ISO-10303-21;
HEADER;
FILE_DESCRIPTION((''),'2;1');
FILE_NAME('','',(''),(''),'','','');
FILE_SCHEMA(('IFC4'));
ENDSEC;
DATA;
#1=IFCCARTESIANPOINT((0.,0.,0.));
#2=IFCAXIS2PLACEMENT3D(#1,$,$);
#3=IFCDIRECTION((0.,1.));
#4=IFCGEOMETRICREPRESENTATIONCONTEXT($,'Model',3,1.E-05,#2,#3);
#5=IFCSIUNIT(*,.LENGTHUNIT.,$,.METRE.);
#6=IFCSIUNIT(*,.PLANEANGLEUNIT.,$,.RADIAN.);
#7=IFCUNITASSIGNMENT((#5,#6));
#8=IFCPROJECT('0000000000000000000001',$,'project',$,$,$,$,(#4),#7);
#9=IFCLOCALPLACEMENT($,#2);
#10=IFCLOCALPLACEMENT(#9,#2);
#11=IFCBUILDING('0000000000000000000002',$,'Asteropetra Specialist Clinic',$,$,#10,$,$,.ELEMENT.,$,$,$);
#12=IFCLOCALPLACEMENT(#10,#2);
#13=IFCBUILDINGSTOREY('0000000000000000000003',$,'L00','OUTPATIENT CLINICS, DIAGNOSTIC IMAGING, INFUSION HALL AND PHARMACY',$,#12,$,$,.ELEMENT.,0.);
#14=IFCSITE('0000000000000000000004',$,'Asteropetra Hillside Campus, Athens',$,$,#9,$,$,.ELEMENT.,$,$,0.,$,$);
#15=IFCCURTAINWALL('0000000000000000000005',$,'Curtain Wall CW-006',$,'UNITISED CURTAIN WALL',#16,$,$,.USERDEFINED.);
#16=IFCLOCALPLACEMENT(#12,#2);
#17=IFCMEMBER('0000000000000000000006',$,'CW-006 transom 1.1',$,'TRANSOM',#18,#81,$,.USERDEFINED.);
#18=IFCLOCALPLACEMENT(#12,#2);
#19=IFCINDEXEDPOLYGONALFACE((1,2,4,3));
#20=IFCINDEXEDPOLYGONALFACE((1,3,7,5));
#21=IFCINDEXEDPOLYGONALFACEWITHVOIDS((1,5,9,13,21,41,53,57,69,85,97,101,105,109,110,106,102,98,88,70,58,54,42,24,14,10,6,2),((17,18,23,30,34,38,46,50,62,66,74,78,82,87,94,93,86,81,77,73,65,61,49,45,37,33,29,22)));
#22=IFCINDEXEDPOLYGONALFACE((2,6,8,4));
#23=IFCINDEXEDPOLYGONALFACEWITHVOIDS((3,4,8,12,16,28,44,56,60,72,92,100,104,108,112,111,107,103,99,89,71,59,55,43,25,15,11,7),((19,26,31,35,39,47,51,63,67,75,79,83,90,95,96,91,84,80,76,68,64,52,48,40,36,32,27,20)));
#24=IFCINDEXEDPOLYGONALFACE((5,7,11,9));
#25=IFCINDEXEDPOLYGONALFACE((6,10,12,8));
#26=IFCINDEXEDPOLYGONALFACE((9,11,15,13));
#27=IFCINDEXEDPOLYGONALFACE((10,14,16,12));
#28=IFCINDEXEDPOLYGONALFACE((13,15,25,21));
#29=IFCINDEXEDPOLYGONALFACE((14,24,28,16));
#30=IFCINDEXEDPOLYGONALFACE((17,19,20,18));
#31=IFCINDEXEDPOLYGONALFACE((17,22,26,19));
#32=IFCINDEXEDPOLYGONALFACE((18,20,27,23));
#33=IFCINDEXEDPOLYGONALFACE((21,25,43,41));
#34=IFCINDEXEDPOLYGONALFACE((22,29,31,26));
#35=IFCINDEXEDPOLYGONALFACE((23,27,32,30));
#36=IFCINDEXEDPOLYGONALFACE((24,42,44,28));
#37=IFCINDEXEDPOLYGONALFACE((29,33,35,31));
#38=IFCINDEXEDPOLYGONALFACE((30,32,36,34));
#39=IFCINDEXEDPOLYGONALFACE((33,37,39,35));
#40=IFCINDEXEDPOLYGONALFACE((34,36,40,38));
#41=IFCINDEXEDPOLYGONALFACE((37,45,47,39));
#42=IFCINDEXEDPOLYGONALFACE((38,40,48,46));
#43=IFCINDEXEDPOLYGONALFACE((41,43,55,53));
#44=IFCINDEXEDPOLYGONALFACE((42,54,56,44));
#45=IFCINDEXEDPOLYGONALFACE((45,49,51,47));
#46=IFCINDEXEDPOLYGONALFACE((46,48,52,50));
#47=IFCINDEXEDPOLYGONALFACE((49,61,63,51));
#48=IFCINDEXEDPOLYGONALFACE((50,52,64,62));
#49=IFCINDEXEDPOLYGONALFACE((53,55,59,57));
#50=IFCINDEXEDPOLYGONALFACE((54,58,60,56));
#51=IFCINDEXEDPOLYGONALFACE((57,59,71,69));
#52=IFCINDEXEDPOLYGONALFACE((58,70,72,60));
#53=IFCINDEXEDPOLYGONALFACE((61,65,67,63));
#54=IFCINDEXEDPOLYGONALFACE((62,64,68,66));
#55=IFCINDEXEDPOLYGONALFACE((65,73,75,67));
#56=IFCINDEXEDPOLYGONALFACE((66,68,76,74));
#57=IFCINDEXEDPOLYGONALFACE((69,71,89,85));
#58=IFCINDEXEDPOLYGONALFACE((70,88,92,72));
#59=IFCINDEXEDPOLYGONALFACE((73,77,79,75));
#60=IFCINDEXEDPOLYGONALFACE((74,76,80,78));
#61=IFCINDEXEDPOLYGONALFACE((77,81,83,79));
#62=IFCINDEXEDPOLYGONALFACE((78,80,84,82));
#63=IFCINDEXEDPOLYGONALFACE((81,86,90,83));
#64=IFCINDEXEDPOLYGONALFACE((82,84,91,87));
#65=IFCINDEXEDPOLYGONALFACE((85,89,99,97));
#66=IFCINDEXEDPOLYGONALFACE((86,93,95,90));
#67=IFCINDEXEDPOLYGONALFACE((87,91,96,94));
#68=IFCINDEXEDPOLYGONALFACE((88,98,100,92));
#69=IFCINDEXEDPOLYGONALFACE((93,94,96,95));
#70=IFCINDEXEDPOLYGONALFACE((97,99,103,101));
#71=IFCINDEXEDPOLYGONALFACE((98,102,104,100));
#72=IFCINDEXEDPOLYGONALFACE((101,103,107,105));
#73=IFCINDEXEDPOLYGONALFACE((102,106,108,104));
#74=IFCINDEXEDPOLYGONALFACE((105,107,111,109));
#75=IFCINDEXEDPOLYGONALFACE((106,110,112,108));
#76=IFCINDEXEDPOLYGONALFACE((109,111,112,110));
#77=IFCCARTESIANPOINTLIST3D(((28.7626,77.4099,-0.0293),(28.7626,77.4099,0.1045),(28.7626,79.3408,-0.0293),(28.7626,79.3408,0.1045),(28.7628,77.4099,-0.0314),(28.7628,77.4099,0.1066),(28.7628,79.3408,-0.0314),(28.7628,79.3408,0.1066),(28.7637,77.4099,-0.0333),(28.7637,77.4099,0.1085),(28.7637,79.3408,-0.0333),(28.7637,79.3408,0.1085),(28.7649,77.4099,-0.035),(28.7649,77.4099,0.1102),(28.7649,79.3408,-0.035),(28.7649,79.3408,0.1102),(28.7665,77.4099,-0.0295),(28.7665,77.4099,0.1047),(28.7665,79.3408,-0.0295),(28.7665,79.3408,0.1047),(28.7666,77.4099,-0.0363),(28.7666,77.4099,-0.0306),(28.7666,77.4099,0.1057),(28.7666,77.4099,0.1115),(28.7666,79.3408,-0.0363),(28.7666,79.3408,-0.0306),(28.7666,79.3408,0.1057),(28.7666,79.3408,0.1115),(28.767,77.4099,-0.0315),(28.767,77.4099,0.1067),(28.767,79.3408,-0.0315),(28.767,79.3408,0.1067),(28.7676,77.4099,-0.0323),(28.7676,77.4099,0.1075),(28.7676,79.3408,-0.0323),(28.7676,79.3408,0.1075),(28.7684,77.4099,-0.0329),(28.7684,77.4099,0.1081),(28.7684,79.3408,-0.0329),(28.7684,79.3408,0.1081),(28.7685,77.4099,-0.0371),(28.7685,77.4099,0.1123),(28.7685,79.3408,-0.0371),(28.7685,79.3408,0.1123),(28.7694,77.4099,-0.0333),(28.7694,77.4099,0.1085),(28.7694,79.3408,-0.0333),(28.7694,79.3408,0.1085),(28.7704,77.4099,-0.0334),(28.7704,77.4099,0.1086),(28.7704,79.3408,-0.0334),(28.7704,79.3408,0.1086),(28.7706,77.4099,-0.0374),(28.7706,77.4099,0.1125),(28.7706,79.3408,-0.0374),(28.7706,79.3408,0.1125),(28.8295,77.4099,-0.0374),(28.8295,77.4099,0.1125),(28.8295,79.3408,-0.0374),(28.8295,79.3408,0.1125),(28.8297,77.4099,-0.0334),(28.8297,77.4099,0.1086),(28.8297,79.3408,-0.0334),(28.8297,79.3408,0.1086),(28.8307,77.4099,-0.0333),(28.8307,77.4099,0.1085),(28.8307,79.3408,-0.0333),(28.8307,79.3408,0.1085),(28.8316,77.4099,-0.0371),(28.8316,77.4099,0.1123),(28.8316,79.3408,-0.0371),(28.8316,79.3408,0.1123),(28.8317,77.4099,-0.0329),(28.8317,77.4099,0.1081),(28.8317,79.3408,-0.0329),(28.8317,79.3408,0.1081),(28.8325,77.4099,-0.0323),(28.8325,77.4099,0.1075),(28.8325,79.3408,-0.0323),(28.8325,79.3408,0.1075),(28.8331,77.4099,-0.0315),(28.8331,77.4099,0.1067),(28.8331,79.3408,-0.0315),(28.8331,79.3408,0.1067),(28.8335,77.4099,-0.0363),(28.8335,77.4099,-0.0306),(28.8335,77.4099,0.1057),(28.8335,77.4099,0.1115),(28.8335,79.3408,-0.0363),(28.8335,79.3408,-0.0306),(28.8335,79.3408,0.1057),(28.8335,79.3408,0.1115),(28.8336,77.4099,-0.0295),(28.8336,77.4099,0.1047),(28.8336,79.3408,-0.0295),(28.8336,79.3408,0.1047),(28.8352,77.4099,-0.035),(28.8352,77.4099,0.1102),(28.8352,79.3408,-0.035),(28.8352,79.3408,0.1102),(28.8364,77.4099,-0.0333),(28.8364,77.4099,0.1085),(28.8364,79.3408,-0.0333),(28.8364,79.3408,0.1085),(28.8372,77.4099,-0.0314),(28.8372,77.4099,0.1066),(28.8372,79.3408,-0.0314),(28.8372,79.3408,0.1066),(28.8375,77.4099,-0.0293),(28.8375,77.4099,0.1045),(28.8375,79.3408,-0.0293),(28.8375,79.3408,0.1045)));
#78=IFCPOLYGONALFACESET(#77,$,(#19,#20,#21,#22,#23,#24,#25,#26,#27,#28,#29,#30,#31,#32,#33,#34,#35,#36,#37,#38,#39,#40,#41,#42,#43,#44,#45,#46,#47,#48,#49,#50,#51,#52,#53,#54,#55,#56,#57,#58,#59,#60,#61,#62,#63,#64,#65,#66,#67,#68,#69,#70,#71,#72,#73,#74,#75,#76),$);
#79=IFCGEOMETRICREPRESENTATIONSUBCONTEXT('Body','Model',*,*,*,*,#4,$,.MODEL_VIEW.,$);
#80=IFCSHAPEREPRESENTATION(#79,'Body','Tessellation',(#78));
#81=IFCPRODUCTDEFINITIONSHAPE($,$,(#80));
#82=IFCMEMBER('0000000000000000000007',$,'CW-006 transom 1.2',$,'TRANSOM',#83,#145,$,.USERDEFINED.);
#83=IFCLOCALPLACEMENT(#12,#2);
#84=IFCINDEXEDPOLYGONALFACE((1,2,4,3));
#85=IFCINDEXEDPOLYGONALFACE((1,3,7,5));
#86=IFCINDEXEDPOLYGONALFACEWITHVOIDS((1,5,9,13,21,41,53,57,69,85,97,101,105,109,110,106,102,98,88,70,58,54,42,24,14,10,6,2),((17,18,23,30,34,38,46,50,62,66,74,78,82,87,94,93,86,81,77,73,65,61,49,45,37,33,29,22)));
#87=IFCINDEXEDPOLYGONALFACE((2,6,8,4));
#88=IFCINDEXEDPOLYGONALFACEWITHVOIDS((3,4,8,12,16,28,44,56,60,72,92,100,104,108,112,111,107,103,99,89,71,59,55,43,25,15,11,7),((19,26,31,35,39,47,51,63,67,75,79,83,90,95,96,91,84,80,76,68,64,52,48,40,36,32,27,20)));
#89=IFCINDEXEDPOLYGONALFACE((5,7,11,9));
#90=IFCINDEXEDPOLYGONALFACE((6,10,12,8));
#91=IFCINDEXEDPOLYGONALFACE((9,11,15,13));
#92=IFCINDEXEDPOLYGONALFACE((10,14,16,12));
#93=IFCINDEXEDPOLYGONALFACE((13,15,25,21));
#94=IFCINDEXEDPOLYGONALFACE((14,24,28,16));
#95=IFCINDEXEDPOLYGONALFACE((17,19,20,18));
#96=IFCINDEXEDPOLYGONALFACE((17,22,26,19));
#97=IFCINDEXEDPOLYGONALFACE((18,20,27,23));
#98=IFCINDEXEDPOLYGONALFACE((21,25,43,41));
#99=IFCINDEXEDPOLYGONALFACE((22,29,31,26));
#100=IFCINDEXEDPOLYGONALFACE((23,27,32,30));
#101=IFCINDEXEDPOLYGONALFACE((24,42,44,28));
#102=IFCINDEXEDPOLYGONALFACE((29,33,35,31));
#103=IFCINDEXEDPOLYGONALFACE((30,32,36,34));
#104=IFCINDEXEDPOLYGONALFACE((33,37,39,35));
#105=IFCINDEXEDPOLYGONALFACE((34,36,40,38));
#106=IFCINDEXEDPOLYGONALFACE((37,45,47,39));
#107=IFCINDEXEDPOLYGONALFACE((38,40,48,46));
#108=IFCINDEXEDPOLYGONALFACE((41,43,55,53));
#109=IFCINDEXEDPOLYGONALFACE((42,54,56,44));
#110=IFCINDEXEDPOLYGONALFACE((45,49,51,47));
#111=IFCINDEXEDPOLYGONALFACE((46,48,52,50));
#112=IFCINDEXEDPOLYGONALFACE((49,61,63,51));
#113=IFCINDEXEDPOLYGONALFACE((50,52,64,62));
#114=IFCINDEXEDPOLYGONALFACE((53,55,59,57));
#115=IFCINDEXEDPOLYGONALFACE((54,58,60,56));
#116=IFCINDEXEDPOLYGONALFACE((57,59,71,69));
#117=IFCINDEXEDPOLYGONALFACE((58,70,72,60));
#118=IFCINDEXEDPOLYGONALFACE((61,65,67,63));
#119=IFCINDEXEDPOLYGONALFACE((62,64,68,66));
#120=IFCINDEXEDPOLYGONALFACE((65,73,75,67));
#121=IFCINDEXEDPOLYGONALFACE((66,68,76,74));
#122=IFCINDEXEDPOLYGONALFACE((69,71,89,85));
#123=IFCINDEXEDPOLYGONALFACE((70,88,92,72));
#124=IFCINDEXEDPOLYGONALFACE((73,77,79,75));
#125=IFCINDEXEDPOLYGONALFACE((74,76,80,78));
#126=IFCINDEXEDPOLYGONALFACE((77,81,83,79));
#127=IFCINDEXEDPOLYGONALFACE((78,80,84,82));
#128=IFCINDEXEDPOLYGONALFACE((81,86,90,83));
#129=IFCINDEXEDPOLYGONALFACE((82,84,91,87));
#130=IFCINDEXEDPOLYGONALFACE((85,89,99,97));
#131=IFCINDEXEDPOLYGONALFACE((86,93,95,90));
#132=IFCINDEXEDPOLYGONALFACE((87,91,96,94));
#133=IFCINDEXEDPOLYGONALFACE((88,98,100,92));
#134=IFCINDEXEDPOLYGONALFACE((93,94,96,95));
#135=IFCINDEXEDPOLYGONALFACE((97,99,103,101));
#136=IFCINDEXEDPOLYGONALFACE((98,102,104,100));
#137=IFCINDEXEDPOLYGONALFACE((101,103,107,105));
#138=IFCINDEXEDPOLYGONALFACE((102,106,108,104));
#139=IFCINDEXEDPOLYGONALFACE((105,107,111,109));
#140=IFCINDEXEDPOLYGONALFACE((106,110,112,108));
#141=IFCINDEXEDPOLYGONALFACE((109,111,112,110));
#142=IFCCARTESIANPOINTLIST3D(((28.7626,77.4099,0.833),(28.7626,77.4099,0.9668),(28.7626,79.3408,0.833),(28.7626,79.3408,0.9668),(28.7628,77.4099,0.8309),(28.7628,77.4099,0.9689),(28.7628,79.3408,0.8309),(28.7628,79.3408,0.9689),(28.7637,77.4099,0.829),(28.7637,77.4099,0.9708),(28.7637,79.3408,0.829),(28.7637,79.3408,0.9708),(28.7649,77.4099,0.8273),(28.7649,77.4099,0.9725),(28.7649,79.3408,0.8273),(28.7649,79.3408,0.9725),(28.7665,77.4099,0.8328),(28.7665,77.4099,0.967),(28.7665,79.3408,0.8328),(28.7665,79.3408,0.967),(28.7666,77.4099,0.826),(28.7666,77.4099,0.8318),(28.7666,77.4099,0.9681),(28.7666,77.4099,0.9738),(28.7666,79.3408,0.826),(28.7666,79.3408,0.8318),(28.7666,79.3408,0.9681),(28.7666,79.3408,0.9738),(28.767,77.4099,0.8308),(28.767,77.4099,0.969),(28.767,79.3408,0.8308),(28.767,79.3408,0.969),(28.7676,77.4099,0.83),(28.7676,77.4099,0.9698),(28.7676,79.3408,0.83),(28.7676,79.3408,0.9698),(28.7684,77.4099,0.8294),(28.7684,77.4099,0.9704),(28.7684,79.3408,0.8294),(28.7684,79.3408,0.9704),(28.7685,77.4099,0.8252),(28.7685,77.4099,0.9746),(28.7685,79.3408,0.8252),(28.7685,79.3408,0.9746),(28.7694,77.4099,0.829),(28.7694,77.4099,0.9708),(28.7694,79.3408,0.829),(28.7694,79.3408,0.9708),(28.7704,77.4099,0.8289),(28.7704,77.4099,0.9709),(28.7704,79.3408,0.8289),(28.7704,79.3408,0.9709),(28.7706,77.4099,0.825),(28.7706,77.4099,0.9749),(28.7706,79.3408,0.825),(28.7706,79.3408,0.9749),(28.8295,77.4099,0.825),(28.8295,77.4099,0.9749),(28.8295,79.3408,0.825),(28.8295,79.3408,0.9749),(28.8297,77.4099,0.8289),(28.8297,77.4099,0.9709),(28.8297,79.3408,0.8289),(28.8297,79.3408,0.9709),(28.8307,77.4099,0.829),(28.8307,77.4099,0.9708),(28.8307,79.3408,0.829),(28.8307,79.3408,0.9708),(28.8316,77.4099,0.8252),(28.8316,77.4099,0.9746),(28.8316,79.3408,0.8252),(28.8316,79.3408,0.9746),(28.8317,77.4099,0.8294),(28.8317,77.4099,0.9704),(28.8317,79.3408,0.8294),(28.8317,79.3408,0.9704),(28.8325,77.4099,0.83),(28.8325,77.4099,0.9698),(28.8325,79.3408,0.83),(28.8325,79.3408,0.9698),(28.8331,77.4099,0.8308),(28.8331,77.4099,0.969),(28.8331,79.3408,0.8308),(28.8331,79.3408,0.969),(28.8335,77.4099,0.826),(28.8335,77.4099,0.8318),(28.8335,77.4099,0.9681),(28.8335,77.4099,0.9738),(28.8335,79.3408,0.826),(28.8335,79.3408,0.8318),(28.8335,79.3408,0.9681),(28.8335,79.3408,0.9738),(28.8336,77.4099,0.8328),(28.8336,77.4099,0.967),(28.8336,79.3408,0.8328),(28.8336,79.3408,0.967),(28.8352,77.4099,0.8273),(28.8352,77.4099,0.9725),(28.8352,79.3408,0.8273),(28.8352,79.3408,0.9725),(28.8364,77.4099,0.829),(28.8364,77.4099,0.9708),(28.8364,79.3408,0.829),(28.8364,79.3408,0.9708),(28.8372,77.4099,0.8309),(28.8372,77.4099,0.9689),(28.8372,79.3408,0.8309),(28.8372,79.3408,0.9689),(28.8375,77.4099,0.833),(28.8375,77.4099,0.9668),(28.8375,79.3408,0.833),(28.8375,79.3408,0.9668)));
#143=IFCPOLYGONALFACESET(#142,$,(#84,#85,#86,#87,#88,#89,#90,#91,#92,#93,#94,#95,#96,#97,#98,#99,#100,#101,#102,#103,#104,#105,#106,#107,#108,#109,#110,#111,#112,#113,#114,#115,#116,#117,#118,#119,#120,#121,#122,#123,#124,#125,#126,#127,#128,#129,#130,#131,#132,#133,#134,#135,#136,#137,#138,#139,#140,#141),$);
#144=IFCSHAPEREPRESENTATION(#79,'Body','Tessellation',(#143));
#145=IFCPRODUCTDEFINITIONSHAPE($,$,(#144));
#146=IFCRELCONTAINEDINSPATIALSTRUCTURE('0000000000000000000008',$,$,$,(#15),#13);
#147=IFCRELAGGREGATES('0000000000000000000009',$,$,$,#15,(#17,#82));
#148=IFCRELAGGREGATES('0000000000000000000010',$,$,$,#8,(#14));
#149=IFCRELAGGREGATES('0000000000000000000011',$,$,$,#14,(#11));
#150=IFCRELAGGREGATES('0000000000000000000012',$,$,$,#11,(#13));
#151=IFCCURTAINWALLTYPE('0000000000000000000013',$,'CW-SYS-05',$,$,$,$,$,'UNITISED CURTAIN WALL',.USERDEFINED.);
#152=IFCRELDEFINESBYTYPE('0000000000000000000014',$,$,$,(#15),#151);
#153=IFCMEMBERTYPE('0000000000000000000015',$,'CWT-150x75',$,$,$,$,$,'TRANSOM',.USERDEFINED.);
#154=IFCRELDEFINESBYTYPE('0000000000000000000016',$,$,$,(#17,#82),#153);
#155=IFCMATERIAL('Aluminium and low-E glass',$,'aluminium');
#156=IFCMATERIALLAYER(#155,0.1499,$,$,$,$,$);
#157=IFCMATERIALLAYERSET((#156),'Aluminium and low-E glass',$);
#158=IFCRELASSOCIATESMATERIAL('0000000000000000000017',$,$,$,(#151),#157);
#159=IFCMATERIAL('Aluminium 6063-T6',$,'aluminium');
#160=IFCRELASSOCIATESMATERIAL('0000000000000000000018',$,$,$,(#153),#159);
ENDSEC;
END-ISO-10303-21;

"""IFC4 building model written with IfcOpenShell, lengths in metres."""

from ifc_helpers import new_model, si_unit, direction, frame, origin, origin_2d, place, context, subcontext, project, spatial, hollow_rectangle, extrude, material, layer, layer_set, material_profile, profile_set, type_object, element, aggregate, save


model = new_model("IFC4")

# Units and contexts
model_context = context("Model", 3, precision=1e-05, world=origin(), true_north=direction((0.0, 1.0)))
body_context = subcontext(model_context, "Body", "Model", "MODEL_VIEW")
ifc_project = project(units=[si_unit("LENGTHUNIT", "METRE"), si_unit("PLANEANGLEUNIT", "RADIAN")], contexts=[model_context])

# Site, building, storey
site_placement = place(None, origin())
site = spatial("IfcSite", under=ifc_project, at=site_placement, Name="Asteropetra Hillside Campus, Athens", CompositionType="ELEMENT", RefElevation=0.0)
building_placement = place(site_placement, origin())
building = spatial("IfcBuilding", under=site, at=building_placement, Name="Asteropetra Specialist Clinic", CompositionType="ELEMENT")
storey_placement = place(building_placement, origin())
storey = spatial("IfcBuildingStorey", under=building, at=storey_placement, Name="L00", Description="OUTPATIENT CLINICS, DIAGNOSTIC IMAGING, INFUSION HALL AND PHARMACY", CompositionType="ELEMENT", Elevation=0.0)

# Curtain wall, members
ifc_material_1 = material(Name="Aluminium and low-E glass", Category="aluminium")
ifc_layer_1 = layer(ifc_material_1, 0.1499)
ifc_layer_set_1 = layer_set([ifc_layer_1], Name="Aluminium and low-E glass")
curtain_wall_type_1 = type_object("IfcCurtainWallType", Name="CW-SYS-05", ElementType="UNITISED CURTAIN WALL", PredefinedType="USERDEFINED", material=ifc_layer_set_1)
curtain_wall_1_placement = place(storey_placement, origin())
curtain_wall_1 = element("IfcCurtainWall", 1, at=curtain_wall_1_placement, inside=storey, type_object=curtain_wall_type_1, Name="Curtain Wall CW-006", ObjectType="UNITISED CURTAIN WALL", PredefinedType="USERDEFINED")
ifc_material_2 = material(Name="Aluminium 6063-T6", Category="aluminium")
ifc_material_profile_1 = material_profile(ifc_material_2, hollow_rectangle(XDim=0.075, YDim=0.1499, WallThickness=0.0039, InnerFilletRadius=0.0039, OuterFilletRadius=0.0081, at=origin_2d()), Name="TRN 150x75x4.0")
ifc_profile_set_1 = profile_set([ifc_material_profile_1], Name="Aluminium 6063-T6")
member_type_1 = type_object("IfcMemberType", Name="CWT-150x75", ElementType="TRANSOM", PredefinedType="USERDEFINED", material=ifc_profile_set_1)
member_1_placement = place(storey_placement, frame((28.8, 77.4099, 0.0376), z_axis=(0.0, 1.0, 0.0), x_axis=(-1.0, 0.0, 0.0)))
member_1 = element("IfcMember", 2, at=member_1_placement, type_object=member_type_1, Name="CW-006 transom 1.1", ObjectType="TRANSOM", PredefinedType="USERDEFINED", context=body_context, shape_type="SweptSolid", body=[
    extrude(hollow_rectangle(XDim=0.075, YDim=0.1499, WallThickness=0.0039, InnerFilletRadius=0.0039, OuterFilletRadius=0.0081, at=origin_2d()), origin(), (0.0, 0.0, 1.0), 1.9309),
])
member_2_placement = place(storey_placement, frame((28.8, 77.4099, 0.8999), z_axis=(0.0, 1.0, 0.0), x_axis=(-1.0, 0.0, 0.0)))
member_2 = element("IfcMember", 3, at=member_2_placement, type_object=member_type_1, Name="CW-006 transom 1.2", ObjectType="TRANSOM", PredefinedType="USERDEFINED", context=body_context, shape_type="SweptSolid", body=[
    extrude(hollow_rectangle(XDim=0.075, YDim=0.1499, WallThickness=0.0039, InnerFilletRadius=0.0039, OuterFilletRadius=0.0081, at=origin_2d()), origin(), (0.0, 0.0, 1.0), 1.9309),
])
aggregate(curtain_wall_1, [member_1, member_2])

save(model, "model.ifc")
